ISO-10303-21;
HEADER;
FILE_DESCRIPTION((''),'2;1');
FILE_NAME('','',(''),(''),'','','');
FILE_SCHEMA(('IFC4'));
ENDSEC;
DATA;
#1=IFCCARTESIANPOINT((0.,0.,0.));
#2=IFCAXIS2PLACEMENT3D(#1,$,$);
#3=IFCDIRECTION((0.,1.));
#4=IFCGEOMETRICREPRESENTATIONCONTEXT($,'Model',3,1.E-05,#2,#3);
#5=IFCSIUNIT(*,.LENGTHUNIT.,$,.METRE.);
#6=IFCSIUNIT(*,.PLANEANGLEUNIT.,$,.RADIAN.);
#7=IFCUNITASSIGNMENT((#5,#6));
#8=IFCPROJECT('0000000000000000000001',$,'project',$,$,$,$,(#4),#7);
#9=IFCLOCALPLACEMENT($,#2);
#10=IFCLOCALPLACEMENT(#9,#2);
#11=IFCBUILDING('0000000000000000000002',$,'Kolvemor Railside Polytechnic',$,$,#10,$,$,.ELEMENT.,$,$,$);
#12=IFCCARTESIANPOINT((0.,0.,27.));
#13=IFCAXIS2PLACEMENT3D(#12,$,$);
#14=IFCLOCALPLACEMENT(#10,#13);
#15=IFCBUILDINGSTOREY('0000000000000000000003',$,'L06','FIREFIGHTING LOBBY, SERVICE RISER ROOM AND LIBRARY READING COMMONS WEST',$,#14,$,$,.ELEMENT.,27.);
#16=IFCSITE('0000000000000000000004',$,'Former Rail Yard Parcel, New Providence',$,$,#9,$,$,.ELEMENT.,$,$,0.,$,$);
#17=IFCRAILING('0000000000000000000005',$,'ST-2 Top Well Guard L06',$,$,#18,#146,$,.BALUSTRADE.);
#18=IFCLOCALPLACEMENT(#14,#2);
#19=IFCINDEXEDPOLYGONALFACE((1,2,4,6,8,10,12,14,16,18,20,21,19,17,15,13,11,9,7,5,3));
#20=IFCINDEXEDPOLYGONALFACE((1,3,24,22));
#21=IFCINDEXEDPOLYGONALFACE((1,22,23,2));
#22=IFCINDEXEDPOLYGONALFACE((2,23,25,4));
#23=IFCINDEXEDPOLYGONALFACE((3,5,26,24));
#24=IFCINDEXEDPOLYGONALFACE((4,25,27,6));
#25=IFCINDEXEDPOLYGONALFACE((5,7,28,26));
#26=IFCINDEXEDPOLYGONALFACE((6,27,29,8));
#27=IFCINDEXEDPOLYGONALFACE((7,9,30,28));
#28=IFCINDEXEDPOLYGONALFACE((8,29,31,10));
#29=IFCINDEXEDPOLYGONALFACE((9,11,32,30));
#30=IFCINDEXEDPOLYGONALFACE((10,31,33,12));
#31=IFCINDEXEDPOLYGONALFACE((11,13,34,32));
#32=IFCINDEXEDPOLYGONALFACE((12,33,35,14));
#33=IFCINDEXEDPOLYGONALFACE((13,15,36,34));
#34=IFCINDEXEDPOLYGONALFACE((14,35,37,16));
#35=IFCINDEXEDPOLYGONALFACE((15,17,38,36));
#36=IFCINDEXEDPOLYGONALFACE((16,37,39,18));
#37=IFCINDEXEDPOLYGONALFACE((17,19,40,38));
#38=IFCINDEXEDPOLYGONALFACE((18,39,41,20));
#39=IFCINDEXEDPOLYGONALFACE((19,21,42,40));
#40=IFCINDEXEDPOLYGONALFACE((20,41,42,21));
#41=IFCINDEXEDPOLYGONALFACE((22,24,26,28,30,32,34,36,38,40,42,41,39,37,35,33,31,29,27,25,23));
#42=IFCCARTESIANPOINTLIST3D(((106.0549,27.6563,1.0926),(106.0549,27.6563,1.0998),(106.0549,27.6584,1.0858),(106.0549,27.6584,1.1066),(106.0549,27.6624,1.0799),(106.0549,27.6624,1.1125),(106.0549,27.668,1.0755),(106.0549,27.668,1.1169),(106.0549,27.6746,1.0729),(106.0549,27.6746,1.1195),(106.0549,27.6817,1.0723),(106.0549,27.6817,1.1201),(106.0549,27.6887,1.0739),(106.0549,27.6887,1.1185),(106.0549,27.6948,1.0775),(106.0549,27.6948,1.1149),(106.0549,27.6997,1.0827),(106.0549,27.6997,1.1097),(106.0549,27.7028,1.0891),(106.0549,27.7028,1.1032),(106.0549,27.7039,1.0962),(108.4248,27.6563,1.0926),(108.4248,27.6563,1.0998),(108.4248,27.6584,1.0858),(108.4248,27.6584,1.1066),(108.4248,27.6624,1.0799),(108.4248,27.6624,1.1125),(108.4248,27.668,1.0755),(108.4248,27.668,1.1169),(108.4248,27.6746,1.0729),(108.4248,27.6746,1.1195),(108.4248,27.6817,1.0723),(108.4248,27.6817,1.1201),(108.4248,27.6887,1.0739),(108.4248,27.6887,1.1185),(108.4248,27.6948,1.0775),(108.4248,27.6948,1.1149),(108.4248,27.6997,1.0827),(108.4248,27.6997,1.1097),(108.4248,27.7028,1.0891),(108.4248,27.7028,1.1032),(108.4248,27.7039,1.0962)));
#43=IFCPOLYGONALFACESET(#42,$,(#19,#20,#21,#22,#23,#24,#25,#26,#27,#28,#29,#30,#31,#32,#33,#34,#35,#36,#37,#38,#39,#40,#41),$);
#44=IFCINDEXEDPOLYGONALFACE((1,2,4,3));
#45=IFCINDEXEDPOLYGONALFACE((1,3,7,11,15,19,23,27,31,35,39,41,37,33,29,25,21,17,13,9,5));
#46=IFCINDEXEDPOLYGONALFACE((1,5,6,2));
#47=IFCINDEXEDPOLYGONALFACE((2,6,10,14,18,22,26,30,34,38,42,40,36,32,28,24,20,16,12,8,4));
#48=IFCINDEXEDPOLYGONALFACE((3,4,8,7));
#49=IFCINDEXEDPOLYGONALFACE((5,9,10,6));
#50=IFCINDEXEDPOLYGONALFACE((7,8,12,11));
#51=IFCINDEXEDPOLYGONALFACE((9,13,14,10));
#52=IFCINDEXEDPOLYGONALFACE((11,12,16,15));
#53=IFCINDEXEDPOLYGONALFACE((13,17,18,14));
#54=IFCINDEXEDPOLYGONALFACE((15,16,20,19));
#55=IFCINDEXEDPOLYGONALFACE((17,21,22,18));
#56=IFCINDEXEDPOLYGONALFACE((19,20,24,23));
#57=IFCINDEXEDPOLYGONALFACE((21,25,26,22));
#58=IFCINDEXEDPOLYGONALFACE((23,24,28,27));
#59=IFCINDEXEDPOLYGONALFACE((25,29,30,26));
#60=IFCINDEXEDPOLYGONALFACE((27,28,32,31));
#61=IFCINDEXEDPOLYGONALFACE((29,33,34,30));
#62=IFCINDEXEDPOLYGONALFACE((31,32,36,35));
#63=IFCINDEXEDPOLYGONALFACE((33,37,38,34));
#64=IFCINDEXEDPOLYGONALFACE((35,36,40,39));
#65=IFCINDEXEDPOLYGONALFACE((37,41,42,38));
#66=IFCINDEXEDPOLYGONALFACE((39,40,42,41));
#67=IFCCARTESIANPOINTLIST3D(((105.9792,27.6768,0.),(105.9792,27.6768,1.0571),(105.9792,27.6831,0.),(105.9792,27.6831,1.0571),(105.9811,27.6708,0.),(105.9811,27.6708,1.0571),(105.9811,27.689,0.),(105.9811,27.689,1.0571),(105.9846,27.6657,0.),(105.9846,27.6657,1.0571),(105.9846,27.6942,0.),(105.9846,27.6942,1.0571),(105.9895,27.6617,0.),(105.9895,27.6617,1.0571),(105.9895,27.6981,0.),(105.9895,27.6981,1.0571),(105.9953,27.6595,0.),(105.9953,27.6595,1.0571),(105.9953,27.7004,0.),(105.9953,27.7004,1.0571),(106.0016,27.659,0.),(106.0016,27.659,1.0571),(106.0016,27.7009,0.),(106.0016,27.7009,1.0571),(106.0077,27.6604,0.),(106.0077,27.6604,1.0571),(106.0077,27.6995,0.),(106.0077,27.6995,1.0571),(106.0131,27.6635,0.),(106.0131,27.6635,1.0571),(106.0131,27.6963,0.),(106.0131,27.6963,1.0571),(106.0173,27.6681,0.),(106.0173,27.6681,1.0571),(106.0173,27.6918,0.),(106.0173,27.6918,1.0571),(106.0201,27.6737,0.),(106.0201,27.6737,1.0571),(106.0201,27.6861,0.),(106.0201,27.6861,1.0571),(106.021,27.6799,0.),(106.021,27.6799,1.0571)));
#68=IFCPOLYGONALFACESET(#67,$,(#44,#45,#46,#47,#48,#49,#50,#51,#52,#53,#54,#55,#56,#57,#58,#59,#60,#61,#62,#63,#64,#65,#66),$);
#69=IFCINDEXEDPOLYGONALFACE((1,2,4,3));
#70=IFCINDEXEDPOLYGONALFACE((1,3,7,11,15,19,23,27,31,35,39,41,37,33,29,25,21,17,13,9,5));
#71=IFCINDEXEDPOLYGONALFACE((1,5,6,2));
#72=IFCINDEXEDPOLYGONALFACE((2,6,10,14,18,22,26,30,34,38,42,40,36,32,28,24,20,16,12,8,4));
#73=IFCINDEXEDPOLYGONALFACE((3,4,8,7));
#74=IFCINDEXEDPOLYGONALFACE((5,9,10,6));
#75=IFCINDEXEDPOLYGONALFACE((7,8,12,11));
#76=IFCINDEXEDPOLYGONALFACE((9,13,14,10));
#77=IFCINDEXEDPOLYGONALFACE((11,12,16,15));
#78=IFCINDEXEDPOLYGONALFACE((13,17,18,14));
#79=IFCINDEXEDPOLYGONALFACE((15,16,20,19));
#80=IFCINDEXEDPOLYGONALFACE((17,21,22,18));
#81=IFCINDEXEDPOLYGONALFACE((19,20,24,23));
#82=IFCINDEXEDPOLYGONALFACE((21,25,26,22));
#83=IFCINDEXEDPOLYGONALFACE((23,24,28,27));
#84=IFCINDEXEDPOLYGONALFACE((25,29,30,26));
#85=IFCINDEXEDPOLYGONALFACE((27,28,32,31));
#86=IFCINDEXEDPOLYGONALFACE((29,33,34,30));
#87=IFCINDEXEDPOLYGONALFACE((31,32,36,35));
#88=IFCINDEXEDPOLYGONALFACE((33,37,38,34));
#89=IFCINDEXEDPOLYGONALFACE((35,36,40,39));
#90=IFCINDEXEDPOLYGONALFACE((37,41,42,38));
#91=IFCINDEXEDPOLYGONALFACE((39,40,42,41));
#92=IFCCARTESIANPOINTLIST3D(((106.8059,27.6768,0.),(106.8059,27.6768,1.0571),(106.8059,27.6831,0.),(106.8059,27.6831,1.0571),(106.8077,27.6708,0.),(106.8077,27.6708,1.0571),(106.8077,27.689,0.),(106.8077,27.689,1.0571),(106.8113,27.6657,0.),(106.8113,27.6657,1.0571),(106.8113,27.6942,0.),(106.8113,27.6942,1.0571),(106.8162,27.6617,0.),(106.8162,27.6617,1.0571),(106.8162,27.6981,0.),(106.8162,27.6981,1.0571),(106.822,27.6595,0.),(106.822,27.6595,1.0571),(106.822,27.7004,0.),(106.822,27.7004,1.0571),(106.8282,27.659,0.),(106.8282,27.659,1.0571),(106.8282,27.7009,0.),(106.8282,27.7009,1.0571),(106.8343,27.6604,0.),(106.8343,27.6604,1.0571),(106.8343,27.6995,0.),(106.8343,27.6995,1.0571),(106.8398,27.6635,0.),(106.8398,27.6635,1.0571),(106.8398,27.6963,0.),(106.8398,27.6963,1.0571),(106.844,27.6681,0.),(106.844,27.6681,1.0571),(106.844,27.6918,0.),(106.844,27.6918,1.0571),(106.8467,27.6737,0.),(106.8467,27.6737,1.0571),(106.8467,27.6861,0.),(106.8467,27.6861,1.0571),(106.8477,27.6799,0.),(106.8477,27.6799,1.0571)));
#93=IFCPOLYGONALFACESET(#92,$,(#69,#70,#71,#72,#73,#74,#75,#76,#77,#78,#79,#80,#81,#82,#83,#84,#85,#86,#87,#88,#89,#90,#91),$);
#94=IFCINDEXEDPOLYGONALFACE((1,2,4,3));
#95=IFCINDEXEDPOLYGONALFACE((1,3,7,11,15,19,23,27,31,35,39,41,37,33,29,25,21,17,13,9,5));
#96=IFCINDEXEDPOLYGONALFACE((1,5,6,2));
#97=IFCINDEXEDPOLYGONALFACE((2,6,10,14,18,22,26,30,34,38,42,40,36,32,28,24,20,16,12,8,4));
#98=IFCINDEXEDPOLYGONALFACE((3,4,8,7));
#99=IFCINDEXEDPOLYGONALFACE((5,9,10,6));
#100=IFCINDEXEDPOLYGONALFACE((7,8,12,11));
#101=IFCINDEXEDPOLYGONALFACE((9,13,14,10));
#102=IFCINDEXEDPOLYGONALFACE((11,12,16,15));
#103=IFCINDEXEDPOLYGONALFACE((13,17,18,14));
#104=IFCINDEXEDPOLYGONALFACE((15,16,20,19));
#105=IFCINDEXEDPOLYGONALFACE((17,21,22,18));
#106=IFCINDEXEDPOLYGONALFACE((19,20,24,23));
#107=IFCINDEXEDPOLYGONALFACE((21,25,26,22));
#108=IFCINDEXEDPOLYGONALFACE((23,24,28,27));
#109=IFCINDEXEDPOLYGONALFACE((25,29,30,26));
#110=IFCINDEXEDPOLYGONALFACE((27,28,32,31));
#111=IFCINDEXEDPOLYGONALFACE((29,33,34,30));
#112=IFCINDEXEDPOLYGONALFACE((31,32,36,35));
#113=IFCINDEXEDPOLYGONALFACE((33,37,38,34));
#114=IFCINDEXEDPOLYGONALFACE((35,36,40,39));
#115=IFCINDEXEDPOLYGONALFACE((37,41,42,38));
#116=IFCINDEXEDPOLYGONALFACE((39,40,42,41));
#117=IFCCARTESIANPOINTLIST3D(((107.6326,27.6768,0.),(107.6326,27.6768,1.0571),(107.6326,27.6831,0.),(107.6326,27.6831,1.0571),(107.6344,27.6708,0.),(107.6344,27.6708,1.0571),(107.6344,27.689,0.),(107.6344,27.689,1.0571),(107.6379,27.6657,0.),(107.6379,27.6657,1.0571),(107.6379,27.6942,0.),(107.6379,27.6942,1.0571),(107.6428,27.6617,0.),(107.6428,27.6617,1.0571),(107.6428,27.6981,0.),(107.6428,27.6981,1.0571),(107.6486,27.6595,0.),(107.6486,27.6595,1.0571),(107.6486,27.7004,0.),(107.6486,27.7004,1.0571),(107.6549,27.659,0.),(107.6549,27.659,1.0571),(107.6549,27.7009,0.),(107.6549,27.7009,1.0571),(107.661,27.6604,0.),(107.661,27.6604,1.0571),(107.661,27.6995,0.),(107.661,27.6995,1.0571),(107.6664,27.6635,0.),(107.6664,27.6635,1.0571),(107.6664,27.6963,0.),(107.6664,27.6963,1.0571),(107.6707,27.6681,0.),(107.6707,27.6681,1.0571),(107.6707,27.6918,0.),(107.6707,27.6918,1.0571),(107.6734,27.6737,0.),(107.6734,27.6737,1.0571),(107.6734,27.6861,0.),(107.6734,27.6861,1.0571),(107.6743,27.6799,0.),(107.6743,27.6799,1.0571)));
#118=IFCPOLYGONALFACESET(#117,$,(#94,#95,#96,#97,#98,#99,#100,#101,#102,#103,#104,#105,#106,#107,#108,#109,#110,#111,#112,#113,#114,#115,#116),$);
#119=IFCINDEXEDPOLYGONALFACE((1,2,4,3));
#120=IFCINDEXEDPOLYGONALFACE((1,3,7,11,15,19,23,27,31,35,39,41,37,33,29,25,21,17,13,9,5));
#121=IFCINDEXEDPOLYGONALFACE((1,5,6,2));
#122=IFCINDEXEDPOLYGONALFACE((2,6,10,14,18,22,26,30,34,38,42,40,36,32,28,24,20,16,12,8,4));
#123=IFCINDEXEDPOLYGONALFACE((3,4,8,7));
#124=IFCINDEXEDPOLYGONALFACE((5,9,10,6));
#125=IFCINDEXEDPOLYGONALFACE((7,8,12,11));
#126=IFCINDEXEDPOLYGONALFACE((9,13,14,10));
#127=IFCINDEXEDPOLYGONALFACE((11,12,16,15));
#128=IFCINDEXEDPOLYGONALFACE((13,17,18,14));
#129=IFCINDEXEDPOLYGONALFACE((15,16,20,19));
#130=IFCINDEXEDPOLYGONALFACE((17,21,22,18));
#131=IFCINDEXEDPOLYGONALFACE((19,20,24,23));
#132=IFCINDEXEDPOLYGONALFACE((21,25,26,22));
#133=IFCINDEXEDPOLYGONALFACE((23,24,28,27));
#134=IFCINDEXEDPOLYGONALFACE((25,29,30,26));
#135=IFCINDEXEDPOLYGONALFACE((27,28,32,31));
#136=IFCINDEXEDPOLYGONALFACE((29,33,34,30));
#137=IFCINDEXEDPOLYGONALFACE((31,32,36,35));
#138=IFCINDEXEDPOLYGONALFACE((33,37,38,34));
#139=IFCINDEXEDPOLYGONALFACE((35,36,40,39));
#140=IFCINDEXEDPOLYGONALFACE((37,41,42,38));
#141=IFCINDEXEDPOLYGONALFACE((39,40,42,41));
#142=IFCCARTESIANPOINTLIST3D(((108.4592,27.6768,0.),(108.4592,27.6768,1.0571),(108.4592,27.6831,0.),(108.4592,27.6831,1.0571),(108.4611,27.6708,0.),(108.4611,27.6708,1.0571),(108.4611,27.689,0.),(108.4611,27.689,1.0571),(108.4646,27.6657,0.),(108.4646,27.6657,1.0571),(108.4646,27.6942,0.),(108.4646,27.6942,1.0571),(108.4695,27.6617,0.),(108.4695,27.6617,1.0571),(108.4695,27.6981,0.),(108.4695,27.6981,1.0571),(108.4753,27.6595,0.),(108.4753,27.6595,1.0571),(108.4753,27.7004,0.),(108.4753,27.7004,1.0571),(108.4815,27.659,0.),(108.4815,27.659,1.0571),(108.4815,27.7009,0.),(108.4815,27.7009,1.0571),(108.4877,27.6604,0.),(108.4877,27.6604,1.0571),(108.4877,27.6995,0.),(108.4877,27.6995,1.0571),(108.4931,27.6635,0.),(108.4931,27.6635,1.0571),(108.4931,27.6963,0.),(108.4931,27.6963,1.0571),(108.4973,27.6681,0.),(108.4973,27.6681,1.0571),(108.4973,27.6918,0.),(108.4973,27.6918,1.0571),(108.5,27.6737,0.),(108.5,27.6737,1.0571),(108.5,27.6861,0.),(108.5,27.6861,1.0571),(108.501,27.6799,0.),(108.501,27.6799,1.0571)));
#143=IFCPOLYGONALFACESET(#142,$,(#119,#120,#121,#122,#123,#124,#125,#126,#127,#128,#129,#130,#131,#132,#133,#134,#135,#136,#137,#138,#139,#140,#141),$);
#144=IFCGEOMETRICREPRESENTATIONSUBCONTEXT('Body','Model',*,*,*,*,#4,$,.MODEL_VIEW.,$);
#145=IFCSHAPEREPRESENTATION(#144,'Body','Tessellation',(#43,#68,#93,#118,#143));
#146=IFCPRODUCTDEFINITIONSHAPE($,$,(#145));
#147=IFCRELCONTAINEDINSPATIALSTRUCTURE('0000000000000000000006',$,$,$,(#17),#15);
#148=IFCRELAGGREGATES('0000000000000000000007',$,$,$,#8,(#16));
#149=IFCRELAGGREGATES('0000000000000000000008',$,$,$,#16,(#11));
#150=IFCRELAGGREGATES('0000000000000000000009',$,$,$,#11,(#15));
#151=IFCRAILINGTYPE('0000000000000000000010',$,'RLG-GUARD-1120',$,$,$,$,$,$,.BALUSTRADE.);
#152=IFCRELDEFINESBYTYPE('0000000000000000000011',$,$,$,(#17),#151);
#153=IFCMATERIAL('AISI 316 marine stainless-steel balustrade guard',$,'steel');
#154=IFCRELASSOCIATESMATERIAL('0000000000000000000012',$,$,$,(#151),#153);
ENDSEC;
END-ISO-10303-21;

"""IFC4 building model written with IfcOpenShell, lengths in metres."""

from ifc_helpers import new_model, si_unit, direction, frame, origin, origin_2d, place, context, subcontext, project, spatial, circle, extrude, material, type_object, element, save


model = new_model("IFC4")

# Units and contexts
model_context = context("Model", 3, precision=1e-05, world=origin(), true_north=direction((0.0, 1.0)))
body_context = subcontext(model_context, "Body", "Model", "MODEL_VIEW")
ifc_project = project(units=[si_unit("LENGTHUNIT", "METRE"), si_unit("PLANEANGLEUNIT", "RADIAN")], contexts=[model_context])

# Site, building, storey
site_placement = place(None, origin())
site = spatial("IfcSite", under=ifc_project, at=site_placement, Name="Former Rail Yard Parcel, New Providence", CompositionType="ELEMENT", RefElevation=0.0)
building_placement = place(site_placement, origin())
building = spatial("IfcBuilding", under=site, at=building_placement, Name="Kolvemor Railside Polytechnic", CompositionType="ELEMENT")
storey_placement = place(building_placement, frame((0.0, 0.0, 27.0)))
storey = spatial("IfcBuildingStorey", under=building, at=storey_placement, Name="L06", Description="FIREFIGHTING LOBBY, SERVICE RISER ROOM AND LIBRARY READING COMMONS WEST", CompositionType="ELEMENT", Elevation=27.0)

# Railing
ifc_material_1 = material(Name="AISI 316 marine stainless-steel balustrade guard", Category="steel")
railing_type = type_object("IfcRailingType", Name="RLG-GUARD-1120", PredefinedType="BALUSTRADE", material=ifc_material_1)
railing_placement = place(storey_placement, frame((106.0, 27.6799, 0.0)))
element("IfcRailing", 1, at=railing_placement, inside=storey, type_object=railing_type, Name="ST-2 Top Well Guard L06", PredefinedType="BALUSTRADE", context=body_context, shape_type="SweptSolid", body=[
    extrude(circle(Radius=0.0239, at=origin_2d()), frame((0.0549, 0.0, 1.0962), z_axis=(1.0, 0.0, 0.0), x_axis=(0.0, 1.0, 0.0)), (0.0, 0.0, 1.0), 2.3699),
    extrude(circle(Radius=0.021, at=origin_2d()), origin(), (0.0, 0.0, 1.0), 1.0571),
    extrude(circle(Radius=0.021, at=origin_2d()), frame((0.8267, 0.0, 0.0)), (0.0, 0.0, 1.0), 1.0571),
    extrude(circle(Radius=0.021, at=origin_2d()), frame((1.6533, 0.0, 0.0)), (0.0, 0.0, 1.0), 1.0571),
    extrude(circle(Radius=0.021, at=origin_2d()), frame((2.48, 0.0, 0.0)), (0.0, 0.0, 1.0), 1.0571),
])

save(model, "model.ifc")
